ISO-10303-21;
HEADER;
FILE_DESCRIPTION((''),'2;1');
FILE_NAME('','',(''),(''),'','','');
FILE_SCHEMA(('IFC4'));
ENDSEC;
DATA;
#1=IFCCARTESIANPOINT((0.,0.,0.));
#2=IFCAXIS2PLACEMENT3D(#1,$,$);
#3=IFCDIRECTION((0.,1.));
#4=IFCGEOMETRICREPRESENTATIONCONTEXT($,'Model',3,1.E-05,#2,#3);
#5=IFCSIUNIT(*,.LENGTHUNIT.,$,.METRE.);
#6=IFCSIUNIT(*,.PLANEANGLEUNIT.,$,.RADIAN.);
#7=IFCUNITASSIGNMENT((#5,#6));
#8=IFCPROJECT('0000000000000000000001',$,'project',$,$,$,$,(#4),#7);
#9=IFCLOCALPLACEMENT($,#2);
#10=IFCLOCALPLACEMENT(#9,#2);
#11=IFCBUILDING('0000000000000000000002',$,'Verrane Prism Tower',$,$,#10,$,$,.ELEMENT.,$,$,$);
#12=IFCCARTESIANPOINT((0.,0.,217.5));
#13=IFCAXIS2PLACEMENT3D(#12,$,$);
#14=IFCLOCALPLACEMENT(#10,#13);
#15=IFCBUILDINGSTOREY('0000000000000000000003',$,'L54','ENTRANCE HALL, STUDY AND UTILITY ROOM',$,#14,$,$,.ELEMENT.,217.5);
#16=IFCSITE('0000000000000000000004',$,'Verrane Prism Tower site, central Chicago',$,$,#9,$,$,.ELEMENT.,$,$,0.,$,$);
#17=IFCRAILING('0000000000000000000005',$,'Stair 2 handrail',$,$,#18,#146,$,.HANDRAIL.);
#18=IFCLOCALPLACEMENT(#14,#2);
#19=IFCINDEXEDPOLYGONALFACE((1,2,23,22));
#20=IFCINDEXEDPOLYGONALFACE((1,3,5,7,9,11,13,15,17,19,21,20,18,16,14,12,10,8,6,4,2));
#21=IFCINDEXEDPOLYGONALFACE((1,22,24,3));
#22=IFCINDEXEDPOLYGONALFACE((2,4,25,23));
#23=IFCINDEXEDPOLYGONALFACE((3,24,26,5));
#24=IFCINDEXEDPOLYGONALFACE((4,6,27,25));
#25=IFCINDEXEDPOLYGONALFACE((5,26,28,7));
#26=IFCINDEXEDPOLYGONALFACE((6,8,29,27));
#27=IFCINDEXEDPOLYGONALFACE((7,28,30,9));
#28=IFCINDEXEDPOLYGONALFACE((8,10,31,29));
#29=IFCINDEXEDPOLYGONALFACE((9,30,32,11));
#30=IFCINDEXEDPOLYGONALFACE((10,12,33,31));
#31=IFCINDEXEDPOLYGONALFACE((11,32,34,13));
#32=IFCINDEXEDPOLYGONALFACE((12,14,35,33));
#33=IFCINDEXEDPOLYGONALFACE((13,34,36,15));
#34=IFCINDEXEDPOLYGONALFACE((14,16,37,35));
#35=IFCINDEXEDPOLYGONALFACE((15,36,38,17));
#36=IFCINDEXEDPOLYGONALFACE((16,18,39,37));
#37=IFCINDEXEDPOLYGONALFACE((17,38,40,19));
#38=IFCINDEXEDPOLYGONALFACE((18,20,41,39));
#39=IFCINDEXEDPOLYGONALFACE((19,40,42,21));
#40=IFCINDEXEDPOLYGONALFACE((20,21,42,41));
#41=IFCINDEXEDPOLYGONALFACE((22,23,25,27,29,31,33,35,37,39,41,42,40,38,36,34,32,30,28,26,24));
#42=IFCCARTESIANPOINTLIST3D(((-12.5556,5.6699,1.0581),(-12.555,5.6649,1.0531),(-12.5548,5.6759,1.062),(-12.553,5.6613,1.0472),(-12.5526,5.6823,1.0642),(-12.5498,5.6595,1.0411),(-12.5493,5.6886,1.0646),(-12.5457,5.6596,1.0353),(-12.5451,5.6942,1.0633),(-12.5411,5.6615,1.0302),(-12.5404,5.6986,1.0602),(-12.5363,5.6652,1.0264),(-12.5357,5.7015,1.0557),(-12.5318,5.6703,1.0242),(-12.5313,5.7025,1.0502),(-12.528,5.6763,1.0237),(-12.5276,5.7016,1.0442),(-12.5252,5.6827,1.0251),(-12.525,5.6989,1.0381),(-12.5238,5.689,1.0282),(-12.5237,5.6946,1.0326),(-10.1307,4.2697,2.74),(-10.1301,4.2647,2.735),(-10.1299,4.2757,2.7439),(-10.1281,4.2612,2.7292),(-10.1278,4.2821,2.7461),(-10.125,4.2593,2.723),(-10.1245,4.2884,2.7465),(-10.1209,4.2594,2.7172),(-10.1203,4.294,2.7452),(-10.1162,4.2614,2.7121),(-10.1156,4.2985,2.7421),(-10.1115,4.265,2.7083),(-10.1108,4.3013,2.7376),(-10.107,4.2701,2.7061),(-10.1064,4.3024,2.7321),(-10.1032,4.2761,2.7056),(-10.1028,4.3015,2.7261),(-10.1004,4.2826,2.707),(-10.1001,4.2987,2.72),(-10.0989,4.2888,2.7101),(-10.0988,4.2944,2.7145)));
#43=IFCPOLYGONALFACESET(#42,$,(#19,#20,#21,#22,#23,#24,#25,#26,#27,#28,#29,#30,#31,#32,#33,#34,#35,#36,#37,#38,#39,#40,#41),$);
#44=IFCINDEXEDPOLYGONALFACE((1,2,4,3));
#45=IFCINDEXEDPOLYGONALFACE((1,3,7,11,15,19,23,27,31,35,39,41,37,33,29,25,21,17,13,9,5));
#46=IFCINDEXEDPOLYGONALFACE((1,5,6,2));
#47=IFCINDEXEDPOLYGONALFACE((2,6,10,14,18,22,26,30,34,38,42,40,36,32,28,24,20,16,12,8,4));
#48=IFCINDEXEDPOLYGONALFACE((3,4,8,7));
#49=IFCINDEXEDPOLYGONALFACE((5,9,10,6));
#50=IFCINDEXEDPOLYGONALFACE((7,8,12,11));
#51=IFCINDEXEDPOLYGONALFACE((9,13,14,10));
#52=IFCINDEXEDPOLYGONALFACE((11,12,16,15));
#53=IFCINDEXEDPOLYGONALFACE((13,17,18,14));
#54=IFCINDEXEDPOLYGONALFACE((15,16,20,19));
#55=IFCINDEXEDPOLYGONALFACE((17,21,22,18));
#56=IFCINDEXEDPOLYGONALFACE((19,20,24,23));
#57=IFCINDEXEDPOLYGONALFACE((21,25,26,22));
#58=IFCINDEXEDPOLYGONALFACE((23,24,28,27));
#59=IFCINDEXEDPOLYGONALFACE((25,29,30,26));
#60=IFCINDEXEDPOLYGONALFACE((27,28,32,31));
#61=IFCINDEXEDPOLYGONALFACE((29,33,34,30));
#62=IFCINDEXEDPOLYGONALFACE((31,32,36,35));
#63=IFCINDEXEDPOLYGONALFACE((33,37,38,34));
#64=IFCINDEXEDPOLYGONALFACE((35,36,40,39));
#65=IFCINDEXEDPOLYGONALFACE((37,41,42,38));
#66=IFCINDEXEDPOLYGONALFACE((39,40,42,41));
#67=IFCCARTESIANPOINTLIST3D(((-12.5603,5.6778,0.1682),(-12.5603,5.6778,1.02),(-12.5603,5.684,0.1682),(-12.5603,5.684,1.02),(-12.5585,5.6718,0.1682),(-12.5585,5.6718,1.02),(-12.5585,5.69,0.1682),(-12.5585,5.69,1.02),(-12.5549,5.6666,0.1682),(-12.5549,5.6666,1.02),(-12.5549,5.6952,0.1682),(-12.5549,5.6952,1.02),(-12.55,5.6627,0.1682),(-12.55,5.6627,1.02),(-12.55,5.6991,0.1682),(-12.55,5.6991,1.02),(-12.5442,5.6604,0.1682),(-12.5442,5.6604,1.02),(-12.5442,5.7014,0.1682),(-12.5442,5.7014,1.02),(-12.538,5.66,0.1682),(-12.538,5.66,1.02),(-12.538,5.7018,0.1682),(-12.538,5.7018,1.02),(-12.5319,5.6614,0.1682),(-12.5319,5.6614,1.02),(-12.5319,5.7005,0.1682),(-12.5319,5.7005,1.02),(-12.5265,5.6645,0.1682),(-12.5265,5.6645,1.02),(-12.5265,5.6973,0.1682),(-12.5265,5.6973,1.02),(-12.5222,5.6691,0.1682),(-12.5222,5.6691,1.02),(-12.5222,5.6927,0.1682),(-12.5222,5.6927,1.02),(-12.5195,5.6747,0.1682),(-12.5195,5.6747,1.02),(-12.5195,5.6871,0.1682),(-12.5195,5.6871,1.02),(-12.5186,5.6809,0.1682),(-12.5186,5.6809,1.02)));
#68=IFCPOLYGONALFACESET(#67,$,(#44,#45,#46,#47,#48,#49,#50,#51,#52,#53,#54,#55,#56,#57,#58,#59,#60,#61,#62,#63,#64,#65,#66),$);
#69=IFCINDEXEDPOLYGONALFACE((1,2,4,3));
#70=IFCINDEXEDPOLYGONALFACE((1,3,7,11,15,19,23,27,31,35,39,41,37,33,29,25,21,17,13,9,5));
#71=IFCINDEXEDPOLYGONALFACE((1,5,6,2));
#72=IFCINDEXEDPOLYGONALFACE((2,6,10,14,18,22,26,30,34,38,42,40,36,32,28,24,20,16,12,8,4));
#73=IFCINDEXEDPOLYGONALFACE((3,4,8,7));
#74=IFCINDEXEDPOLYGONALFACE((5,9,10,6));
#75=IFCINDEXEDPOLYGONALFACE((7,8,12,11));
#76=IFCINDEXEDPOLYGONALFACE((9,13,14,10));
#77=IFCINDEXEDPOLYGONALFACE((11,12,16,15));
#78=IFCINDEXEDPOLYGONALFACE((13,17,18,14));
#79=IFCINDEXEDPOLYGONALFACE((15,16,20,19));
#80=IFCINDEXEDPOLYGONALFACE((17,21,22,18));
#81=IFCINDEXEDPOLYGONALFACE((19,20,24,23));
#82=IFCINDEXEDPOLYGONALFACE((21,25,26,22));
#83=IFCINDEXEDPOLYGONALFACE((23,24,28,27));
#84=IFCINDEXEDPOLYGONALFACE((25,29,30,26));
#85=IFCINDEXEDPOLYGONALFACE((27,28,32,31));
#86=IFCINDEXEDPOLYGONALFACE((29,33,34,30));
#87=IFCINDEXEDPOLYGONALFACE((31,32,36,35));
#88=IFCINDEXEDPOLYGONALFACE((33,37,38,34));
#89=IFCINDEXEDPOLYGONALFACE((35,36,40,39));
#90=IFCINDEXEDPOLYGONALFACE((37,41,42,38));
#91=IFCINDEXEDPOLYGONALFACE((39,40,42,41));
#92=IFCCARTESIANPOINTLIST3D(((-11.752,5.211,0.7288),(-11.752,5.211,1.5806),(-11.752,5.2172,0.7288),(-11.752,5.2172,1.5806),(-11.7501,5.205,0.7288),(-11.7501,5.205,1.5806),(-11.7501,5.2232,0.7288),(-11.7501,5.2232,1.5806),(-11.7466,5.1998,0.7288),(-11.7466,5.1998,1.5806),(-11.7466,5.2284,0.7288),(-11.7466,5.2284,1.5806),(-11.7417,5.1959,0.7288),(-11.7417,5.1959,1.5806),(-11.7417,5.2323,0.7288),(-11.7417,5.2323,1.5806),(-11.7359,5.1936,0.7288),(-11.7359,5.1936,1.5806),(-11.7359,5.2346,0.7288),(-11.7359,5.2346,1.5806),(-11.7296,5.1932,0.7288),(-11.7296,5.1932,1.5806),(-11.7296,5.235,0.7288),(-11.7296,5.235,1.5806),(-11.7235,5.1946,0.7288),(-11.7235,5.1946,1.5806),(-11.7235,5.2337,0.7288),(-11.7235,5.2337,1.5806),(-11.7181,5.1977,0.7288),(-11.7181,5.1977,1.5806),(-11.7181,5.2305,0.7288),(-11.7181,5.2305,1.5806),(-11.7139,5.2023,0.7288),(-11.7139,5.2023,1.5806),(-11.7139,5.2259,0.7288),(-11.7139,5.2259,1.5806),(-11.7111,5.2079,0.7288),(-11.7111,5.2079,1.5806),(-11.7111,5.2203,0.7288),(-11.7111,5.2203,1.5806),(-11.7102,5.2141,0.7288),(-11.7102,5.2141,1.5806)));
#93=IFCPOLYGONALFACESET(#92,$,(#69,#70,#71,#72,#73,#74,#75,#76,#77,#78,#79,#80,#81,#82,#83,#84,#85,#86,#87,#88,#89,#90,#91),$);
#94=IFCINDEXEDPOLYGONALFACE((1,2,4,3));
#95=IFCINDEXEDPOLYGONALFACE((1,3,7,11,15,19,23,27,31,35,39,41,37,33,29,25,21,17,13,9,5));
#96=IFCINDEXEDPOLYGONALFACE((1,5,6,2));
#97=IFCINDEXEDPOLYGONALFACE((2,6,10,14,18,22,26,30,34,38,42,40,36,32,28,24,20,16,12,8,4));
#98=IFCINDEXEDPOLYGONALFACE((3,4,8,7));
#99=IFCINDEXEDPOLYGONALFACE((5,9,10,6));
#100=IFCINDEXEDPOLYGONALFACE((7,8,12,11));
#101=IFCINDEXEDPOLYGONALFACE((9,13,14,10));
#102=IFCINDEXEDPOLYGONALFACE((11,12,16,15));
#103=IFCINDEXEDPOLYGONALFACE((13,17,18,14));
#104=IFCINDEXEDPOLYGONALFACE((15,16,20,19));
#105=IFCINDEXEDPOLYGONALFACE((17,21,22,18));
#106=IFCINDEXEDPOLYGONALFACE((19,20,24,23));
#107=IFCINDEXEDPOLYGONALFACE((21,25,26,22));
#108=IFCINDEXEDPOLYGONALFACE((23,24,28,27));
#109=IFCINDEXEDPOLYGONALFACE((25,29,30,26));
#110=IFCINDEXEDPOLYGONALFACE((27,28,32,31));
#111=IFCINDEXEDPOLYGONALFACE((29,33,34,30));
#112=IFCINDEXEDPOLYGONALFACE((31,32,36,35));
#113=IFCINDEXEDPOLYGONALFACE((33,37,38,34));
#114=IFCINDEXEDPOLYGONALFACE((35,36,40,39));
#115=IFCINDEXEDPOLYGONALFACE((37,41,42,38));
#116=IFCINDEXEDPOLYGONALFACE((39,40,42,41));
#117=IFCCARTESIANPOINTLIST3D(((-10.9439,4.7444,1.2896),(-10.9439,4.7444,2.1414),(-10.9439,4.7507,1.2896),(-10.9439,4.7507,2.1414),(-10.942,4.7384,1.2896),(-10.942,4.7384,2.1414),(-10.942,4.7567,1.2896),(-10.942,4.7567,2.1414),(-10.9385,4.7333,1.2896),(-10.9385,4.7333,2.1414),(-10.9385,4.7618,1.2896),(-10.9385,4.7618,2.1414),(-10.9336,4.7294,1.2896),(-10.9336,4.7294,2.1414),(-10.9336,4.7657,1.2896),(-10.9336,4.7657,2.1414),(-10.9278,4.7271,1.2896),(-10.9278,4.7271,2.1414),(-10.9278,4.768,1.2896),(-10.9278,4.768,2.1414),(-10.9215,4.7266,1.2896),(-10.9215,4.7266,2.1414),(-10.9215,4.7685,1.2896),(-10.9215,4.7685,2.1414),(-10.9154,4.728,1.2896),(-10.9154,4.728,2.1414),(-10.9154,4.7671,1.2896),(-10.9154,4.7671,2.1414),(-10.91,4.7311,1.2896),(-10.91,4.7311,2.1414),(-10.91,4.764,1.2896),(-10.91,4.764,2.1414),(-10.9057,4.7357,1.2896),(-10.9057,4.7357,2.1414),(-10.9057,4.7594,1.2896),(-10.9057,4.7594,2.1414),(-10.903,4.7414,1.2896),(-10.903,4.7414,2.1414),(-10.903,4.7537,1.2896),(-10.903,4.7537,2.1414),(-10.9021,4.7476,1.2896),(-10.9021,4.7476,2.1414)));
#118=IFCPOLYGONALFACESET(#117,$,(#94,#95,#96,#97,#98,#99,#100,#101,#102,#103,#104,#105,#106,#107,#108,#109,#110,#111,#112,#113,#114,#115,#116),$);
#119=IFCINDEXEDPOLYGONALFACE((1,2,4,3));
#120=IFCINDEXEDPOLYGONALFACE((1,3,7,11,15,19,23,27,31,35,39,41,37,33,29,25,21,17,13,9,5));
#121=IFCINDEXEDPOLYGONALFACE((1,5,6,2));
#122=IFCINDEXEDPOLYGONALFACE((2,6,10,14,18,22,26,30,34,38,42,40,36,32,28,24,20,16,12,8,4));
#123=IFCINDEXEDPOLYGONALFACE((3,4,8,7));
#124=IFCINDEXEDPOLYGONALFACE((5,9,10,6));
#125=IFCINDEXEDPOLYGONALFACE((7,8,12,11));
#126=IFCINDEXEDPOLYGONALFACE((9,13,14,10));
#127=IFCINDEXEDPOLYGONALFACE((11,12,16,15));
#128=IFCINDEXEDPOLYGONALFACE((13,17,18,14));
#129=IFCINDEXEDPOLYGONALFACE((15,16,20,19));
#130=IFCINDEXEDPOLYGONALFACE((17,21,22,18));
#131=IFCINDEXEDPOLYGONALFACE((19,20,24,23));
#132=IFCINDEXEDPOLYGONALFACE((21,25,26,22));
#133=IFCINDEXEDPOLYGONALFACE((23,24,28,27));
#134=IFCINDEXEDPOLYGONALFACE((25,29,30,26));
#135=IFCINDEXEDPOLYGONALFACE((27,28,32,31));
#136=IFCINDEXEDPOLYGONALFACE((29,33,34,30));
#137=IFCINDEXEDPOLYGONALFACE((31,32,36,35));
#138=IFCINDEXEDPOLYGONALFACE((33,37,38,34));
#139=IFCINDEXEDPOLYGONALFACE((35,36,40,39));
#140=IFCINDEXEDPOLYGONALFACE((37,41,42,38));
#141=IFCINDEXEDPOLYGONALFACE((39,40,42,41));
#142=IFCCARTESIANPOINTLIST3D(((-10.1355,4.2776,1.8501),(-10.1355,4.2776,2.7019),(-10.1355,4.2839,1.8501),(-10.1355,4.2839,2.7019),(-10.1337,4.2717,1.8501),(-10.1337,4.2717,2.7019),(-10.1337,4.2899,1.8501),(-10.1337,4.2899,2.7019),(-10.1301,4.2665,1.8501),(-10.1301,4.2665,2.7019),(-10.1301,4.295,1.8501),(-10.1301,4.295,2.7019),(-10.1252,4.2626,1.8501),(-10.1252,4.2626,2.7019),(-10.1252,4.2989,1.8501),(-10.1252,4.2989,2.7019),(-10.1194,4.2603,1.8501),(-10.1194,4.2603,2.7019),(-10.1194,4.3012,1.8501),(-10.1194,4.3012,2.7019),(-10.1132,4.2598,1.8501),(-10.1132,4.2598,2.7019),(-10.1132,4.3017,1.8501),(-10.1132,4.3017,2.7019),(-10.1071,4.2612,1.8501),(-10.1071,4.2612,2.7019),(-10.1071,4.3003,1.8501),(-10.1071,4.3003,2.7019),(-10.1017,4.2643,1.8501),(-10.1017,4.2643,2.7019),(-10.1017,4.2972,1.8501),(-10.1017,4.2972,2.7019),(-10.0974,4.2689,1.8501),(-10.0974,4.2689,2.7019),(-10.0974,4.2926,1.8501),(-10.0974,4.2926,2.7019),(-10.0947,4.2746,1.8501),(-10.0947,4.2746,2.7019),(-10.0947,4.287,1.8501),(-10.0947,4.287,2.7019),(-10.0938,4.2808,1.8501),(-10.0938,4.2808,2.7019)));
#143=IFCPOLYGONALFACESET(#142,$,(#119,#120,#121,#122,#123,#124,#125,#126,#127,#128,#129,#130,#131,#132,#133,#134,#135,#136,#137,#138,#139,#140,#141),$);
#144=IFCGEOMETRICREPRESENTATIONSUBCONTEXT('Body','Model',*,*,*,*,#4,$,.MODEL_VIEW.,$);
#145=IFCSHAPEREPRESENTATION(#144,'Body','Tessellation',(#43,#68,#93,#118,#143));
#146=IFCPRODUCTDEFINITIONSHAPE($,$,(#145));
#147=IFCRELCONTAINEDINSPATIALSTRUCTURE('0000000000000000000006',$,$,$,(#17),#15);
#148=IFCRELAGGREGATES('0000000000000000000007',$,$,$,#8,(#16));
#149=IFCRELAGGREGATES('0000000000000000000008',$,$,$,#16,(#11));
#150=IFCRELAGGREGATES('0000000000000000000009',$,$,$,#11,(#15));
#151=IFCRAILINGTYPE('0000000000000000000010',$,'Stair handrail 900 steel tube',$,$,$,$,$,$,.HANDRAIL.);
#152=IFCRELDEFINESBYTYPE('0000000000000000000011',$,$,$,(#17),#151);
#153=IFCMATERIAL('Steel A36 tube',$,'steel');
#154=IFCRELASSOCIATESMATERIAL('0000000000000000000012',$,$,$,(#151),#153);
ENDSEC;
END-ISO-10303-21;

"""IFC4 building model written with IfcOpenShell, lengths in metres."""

from ifc_helpers import new_model, si_unit, direction, frame, origin, origin_2d, place, context, subcontext, project, spatial, circle, extrude, material, type_object, element, save


model = new_model("IFC4")

# Units and contexts
model_context = context("Model", 3, precision=1e-05, world=origin(), true_north=direction((0.0, 1.0)))
body_context = subcontext(model_context, "Body", "Model", "MODEL_VIEW")
ifc_project = project(units=[si_unit("LENGTHUNIT", "METRE"), si_unit("PLANEANGLEUNIT", "RADIAN")], contexts=[model_context])

# Site, building, storey
site_placement = place(None, origin())
site = spatial("IfcSite", under=ifc_project, at=site_placement, Name="Verrane Prism Tower site, central Chicago", CompositionType="ELEMENT", RefElevation=0.0)
building_placement = place(site_placement, origin())
building = spatial("IfcBuilding", under=site, at=building_placement, Name="Verrane Prism Tower", CompositionType="ELEMENT")
storey_placement = place(building_placement, frame((0.0, 0.0, 217.5)))
storey = spatial("IfcBuildingStorey", under=building, at=storey_placement, Name="L54", Description="ENTRANCE HALL, STUDY AND UTILITY ROOM", CompositionType="ELEMENT", Elevation=217.5)

# Railing
ifc_material_1 = material(Name="Steel A36 tube", Category="steel")
railing_type_1 = type_object("IfcRailingType", Name="Stair handrail 900 steel tube", PredefinedType="HANDRAIL", material=ifc_material_1)
railing_1_placement = place(storey_placement, frame((-12.5396, 5.6809, 0.1682)))
element("IfcRailing", 1, at=railing_1_placement, inside=storey, type_object=railing_type_1, Name="Stair 2 handrail", PredefinedType="HANDRAIL", context=body_context, shape_type="SweptSolid", body=[
    extrude(circle(Radius=0.0239, at=origin_2d()), frame((0.0, 0.0, 0.876), z_axis=(0.742367, -0.428662, 0.514918), x_axis=(0.50005, 0.865997, 0.0)), (0.0, 0.0, 1.0), 3.2664),
    extrude(circle(Radius=0.021, at=origin_2d()), origin(), (0.0, 0.0, 1.0), 0.8518),
    extrude(circle(Radius=0.021, at=origin_2d()), frame((0.8083, -0.4668, 0.5605)), (0.0, 0.0, 1.0), 0.8518),
    extrude(circle(Radius=0.021, at=origin_2d()), frame((1.6165, -0.9333, 1.1213)), (0.0, 0.0, 1.0), 0.8518),
    extrude(circle(Radius=0.021, at=origin_2d()), frame((2.4248, -1.4001, 1.6819)), (0.0, 0.0, 1.0), 0.8518),
])

save(model, "model.ifc")
